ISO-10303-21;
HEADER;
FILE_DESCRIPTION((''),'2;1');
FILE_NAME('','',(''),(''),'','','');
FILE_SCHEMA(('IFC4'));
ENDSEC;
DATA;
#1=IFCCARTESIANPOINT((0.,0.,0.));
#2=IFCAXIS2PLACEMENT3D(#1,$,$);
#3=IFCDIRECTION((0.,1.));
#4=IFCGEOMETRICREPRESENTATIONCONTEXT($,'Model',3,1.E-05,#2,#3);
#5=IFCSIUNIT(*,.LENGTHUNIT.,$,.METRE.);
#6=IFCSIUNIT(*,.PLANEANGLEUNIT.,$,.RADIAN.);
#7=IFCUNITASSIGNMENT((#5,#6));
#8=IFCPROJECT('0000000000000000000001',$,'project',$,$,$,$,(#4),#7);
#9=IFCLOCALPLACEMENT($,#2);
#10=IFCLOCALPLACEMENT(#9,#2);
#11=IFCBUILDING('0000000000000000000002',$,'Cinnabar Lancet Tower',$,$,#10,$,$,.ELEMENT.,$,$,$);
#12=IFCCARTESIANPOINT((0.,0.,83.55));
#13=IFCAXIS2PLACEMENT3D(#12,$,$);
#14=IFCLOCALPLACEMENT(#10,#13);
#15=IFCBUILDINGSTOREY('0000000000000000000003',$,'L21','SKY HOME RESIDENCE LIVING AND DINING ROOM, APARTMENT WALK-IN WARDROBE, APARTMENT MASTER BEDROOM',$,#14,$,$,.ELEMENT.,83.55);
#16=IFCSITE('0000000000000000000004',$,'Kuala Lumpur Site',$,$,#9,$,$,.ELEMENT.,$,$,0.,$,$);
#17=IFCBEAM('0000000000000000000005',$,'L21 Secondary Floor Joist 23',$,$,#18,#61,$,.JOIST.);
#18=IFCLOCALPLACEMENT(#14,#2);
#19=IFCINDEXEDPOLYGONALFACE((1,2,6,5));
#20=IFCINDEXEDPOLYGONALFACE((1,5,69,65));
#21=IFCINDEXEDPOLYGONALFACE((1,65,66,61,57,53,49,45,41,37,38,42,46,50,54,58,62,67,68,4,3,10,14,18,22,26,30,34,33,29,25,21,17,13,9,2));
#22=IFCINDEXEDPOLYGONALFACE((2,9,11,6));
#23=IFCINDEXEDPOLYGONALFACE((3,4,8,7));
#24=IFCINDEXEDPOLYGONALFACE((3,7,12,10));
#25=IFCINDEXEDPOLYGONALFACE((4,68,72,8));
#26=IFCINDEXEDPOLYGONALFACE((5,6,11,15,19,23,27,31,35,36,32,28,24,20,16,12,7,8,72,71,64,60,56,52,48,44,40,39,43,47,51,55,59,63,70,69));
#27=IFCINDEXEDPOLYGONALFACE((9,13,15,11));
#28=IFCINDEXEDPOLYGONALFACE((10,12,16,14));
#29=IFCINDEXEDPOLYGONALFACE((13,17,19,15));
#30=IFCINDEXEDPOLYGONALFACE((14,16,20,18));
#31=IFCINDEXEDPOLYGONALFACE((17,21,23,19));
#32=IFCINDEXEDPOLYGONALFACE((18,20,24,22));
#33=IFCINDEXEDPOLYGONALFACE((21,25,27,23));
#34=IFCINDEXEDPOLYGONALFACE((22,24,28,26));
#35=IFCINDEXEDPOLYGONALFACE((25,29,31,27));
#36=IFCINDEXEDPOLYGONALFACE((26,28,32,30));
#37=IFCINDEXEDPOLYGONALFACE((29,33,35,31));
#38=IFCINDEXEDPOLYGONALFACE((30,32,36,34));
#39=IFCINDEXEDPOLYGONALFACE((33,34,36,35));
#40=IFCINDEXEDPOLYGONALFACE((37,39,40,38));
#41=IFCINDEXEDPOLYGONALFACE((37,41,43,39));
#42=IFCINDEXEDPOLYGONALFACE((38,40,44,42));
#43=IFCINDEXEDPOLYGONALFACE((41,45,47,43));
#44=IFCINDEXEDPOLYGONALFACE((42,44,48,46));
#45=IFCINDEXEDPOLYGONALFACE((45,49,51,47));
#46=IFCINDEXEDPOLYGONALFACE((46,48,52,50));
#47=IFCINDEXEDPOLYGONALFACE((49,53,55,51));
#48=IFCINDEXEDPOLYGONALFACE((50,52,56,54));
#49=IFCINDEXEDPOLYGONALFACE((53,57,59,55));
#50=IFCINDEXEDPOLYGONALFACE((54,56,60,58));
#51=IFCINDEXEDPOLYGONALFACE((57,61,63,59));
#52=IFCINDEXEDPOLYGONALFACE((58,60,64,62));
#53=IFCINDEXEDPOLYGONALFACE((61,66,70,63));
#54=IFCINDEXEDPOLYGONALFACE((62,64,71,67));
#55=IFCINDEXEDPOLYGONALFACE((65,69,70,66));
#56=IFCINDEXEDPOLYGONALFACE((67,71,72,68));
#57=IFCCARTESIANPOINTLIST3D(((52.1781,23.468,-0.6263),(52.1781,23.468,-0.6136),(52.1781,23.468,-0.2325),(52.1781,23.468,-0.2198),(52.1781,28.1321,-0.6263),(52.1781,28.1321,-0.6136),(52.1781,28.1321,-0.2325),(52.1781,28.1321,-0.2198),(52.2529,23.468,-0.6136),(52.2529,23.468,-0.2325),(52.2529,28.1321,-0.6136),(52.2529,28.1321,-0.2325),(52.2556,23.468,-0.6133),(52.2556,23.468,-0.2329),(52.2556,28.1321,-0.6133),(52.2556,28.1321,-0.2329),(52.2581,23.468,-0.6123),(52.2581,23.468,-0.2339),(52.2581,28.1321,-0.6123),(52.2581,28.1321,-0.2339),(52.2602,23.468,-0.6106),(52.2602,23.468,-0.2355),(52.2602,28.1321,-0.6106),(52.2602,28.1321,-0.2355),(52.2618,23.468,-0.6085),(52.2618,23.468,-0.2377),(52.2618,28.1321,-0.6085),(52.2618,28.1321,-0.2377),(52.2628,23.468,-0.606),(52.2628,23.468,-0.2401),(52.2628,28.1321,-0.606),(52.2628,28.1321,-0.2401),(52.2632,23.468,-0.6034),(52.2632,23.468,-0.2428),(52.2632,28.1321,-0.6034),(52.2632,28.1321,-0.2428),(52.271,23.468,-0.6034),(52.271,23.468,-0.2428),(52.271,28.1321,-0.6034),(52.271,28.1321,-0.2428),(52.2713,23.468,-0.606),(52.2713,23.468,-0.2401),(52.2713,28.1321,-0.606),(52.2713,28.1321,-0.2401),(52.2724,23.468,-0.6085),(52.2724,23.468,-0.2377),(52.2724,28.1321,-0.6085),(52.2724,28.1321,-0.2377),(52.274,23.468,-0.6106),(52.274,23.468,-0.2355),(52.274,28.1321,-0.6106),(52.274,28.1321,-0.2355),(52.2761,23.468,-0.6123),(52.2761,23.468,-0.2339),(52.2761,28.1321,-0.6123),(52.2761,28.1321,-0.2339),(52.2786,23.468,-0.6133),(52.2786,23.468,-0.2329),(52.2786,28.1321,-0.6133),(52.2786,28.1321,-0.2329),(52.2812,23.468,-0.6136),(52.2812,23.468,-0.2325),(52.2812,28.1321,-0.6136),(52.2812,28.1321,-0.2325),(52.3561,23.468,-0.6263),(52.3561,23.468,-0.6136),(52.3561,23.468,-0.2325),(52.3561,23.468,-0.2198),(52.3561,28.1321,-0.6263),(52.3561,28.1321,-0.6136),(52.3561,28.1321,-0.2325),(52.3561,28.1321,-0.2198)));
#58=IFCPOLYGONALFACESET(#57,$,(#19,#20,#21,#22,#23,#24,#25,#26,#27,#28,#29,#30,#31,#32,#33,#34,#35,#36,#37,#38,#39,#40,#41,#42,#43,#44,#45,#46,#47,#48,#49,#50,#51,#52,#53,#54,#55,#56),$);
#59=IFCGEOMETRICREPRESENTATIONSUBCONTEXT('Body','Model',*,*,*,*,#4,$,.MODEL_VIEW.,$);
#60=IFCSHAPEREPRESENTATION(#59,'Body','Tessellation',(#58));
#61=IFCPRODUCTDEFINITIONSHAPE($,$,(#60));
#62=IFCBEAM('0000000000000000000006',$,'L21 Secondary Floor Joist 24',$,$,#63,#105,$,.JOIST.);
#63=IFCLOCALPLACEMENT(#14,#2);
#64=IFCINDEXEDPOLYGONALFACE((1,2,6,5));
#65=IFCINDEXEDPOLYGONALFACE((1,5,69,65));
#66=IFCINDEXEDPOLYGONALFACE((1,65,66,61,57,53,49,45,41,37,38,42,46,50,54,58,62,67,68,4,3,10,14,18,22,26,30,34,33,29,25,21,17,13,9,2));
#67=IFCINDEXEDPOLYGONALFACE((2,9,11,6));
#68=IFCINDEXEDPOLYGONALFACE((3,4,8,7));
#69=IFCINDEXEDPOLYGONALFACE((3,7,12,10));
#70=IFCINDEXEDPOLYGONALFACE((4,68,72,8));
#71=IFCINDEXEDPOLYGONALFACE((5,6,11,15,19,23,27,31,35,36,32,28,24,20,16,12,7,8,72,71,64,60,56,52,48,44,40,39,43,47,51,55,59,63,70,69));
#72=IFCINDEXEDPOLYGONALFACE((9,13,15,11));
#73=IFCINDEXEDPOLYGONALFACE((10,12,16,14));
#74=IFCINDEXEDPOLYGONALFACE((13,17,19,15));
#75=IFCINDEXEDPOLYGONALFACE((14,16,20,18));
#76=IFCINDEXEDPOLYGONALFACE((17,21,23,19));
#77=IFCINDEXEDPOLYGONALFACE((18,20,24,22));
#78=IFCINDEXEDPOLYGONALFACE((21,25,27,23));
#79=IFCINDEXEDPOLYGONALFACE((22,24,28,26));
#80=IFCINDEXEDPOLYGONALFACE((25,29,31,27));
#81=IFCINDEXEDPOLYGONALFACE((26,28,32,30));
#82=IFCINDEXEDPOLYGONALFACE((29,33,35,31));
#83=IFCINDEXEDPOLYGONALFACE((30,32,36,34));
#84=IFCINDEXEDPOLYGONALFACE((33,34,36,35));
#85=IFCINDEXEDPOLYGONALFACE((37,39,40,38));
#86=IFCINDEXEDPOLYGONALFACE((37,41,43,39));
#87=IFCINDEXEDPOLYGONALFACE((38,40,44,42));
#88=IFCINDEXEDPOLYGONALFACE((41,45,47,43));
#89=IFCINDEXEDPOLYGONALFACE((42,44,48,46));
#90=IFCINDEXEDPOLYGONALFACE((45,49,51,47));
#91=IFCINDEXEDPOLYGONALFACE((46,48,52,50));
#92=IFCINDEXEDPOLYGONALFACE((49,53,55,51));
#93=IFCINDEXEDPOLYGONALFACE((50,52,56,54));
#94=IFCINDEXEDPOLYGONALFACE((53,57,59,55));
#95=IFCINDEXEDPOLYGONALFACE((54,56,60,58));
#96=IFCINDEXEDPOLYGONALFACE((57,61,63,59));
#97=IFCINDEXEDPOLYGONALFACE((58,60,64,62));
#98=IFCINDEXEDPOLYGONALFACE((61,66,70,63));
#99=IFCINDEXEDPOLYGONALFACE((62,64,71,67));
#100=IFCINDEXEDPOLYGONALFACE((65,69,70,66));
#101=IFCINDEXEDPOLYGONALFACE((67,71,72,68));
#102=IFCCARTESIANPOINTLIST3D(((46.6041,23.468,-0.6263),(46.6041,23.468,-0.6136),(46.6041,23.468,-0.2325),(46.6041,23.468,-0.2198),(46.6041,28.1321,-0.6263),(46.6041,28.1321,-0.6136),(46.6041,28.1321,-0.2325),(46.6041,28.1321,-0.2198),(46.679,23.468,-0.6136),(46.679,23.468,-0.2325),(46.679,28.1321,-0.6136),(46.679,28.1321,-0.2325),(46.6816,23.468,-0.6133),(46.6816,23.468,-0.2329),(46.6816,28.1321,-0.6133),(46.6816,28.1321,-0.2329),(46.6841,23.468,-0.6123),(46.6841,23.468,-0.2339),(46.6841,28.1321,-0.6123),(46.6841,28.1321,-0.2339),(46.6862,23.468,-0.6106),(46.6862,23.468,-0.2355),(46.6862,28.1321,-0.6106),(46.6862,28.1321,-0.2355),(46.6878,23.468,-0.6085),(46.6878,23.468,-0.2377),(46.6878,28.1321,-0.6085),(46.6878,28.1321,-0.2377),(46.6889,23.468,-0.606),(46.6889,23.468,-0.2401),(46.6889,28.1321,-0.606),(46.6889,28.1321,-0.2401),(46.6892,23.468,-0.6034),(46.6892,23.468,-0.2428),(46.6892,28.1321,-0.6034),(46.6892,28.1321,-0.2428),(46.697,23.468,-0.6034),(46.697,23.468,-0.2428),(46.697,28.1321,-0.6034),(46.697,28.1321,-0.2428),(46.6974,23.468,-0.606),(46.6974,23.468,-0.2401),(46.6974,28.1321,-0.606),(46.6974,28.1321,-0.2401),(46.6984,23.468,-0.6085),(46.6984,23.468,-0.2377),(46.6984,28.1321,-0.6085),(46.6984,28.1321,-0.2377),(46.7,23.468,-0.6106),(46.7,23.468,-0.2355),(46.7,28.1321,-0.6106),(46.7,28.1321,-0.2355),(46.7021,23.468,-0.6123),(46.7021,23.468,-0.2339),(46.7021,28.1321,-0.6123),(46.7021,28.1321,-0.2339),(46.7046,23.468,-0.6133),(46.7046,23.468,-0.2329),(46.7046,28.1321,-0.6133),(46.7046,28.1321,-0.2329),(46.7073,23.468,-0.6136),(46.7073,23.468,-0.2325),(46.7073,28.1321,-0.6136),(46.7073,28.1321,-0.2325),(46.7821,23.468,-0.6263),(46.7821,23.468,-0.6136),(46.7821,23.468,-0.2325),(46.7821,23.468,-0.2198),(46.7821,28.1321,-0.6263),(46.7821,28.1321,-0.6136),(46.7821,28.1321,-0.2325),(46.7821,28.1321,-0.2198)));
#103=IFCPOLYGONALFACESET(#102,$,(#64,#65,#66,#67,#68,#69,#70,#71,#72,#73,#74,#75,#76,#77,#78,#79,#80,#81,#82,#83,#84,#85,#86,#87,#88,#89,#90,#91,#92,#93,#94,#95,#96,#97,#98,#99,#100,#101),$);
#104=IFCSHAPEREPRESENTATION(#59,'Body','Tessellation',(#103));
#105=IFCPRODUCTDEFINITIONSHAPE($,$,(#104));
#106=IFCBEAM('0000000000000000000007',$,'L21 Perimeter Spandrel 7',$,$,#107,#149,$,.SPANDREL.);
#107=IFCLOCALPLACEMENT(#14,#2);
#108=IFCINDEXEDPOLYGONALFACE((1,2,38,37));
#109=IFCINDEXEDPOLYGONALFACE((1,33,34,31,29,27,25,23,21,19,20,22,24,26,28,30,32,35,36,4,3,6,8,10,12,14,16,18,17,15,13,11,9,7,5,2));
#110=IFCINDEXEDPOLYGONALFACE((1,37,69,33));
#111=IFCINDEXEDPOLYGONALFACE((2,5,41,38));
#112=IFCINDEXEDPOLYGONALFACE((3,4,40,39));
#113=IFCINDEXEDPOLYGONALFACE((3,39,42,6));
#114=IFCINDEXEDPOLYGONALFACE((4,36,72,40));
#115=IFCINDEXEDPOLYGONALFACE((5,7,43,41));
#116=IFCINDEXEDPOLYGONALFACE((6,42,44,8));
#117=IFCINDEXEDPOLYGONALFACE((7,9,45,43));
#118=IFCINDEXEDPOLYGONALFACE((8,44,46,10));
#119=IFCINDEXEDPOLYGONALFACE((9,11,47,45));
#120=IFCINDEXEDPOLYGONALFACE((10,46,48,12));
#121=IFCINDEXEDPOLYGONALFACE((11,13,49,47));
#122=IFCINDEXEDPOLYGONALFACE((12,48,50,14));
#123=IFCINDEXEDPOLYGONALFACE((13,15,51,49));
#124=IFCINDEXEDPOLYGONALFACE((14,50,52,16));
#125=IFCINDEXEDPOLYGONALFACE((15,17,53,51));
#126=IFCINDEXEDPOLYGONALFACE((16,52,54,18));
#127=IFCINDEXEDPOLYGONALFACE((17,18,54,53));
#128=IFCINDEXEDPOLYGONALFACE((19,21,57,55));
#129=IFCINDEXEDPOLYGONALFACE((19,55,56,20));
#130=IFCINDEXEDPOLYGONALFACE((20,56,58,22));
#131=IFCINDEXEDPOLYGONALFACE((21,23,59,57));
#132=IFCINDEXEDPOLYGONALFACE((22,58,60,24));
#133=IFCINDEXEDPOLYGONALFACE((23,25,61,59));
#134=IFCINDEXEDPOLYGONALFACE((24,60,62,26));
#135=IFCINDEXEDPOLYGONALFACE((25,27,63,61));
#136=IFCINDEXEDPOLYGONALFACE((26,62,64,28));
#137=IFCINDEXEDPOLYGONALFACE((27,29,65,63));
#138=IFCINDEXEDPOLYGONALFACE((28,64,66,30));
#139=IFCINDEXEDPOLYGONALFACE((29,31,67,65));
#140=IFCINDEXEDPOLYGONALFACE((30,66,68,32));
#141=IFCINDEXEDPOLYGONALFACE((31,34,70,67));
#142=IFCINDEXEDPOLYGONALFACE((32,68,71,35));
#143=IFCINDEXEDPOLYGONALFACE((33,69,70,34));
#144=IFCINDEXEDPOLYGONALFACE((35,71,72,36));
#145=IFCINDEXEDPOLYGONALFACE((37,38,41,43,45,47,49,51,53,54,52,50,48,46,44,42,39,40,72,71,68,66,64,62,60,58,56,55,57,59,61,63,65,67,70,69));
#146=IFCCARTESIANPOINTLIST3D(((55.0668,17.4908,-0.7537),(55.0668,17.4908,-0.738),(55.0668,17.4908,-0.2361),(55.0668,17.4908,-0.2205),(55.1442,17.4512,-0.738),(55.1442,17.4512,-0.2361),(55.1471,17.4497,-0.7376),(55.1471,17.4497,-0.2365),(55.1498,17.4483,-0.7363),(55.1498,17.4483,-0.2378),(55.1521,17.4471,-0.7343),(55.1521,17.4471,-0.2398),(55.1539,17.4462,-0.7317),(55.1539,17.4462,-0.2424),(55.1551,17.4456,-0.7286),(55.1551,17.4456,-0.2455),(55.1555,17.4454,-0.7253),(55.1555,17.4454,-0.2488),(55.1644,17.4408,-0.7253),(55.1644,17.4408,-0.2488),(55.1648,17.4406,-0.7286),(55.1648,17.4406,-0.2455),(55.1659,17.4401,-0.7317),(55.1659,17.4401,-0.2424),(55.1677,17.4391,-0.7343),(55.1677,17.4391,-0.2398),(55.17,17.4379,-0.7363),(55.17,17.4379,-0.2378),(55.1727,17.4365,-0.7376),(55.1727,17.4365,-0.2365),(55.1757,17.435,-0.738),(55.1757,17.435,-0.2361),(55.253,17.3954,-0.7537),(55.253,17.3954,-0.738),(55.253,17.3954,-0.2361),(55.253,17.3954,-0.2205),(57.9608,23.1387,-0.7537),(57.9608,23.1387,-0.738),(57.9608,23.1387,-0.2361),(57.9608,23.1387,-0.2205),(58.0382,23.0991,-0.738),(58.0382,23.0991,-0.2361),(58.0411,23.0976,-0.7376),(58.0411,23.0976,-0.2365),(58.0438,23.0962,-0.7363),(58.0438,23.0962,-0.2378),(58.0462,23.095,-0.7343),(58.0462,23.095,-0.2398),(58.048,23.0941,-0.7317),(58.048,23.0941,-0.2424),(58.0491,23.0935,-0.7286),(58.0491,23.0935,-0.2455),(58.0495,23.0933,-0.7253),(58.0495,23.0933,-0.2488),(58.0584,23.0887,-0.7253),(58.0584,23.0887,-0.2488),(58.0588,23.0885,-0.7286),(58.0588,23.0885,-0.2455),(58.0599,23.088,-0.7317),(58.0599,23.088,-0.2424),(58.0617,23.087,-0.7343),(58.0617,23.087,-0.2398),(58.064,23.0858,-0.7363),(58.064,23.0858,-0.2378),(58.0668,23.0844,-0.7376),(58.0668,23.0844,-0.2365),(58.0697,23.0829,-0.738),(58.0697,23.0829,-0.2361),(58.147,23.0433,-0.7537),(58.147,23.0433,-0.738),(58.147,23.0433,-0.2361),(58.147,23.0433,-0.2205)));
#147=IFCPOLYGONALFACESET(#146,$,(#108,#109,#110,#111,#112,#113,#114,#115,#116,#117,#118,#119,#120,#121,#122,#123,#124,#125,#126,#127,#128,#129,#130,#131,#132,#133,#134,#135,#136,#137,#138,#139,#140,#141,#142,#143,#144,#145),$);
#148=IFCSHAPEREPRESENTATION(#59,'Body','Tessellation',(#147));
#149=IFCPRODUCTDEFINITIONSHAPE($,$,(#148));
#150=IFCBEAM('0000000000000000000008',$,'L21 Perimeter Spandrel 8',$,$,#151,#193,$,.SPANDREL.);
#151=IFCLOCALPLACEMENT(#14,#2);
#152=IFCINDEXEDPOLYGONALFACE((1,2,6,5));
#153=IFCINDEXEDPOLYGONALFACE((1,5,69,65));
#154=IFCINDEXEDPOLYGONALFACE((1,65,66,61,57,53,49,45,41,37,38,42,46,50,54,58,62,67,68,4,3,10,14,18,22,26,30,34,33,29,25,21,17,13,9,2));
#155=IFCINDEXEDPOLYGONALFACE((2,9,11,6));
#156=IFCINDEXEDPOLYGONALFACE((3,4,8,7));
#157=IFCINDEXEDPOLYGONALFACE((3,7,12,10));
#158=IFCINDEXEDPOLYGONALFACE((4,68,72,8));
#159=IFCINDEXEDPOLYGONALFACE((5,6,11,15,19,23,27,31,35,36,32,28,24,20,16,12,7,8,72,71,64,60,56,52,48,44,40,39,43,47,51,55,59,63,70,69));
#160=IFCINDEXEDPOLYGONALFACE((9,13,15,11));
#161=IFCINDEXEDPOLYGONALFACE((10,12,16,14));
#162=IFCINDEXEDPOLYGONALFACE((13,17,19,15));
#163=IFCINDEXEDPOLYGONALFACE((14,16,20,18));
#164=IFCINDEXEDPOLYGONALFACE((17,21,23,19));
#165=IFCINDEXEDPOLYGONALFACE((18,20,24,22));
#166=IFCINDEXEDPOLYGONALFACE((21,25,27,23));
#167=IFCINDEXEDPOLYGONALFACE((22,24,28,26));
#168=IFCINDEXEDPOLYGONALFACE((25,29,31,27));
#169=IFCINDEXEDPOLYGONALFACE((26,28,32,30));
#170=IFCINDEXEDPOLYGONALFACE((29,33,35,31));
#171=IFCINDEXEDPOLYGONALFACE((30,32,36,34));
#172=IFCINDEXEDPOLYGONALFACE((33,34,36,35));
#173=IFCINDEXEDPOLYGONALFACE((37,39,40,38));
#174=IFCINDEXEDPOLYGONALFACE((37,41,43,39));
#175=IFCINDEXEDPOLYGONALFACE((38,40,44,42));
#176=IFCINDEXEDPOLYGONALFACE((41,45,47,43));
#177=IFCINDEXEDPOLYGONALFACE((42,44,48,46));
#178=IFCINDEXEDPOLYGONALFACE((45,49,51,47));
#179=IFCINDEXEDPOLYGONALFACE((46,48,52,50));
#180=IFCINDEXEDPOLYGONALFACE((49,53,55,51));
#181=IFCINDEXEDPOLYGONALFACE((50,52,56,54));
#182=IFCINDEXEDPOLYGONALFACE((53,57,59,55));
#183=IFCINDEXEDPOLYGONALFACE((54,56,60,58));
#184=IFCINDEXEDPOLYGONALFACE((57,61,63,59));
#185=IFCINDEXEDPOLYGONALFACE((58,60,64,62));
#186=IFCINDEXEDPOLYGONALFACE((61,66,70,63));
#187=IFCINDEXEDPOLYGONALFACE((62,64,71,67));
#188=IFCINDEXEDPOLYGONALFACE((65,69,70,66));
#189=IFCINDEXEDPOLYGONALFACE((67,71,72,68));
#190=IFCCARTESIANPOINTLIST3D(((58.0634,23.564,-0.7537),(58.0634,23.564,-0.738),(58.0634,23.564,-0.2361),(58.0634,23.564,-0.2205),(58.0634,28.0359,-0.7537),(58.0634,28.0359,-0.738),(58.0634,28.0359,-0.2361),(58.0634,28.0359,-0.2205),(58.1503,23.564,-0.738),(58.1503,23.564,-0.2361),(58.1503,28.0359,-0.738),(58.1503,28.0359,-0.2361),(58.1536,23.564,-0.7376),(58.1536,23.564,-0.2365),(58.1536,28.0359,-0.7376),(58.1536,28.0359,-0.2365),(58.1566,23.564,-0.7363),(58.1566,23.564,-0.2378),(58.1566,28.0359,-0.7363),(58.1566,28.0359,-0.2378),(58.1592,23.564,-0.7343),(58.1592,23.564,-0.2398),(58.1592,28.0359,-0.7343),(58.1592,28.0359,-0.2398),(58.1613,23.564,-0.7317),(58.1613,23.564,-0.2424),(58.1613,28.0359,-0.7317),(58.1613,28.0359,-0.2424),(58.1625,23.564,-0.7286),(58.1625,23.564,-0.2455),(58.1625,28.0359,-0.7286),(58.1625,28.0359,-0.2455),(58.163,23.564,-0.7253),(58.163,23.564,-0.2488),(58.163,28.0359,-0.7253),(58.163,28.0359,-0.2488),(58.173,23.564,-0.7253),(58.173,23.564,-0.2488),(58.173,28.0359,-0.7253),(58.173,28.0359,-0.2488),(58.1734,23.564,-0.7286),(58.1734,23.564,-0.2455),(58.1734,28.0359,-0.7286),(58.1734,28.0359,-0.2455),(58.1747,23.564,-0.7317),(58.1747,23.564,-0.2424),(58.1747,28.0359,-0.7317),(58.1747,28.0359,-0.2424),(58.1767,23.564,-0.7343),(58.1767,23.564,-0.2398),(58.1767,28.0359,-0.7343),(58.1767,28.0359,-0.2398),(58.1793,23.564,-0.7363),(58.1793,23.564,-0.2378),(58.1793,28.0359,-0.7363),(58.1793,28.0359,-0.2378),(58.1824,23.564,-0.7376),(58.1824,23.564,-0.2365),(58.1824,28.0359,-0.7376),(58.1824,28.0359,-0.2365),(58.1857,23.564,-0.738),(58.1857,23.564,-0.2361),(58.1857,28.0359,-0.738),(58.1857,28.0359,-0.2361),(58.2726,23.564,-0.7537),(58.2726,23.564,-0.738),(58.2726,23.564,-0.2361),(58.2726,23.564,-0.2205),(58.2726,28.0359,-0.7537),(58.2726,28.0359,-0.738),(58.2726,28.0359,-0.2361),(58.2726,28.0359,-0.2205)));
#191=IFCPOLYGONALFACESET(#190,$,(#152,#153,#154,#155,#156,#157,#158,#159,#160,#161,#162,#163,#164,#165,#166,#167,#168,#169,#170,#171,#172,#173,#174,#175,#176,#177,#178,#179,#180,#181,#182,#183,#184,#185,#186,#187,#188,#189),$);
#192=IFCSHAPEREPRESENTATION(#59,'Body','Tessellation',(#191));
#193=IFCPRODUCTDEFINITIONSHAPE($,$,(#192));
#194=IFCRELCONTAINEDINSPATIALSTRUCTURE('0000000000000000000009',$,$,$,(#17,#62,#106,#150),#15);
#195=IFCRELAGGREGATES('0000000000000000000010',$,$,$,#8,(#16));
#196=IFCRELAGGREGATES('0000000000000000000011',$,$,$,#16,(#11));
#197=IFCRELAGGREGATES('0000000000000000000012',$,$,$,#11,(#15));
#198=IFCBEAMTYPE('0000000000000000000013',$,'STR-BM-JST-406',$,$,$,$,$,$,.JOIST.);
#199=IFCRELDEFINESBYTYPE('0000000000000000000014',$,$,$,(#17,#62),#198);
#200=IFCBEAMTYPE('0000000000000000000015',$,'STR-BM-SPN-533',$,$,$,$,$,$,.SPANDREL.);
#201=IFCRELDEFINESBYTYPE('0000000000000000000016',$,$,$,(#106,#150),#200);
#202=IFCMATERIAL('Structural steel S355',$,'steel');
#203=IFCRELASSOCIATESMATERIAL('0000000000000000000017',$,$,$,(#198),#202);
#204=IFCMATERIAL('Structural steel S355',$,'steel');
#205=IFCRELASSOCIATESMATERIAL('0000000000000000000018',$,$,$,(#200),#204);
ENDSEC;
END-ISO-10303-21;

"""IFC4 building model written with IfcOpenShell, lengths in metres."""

from ifc_helpers import new_model, si_unit, direction, frame, origin, origin_2d, place, context, subcontext, project, spatial, i_section, extrude, material, material_profile, profile_set, type_object, element, save


model = new_model("IFC4")

# Units and contexts
model_context = context("Model", 3, precision=1e-05, world=origin(), true_north=direction((0.0, 1.0)))
body_context = subcontext(model_context, "Body", "Model", "MODEL_VIEW")
ifc_project = project(units=[si_unit("LENGTHUNIT", "METRE"), si_unit("PLANEANGLEUNIT", "RADIAN")], contexts=[model_context])

# Site, building, storey
site_placement = place(None, origin())
site = spatial("IfcSite", under=ifc_project, at=site_placement, Name="Kuala Lumpur Site", CompositionType="ELEMENT", RefElevation=0.0)
building_placement = place(site_placement, origin())
building = spatial("IfcBuilding", under=site, at=building_placement, Name="Cinnabar Lancet Tower", CompositionType="ELEMENT")
storey_placement = place(building_placement, frame((0.0, 0.0, 83.55)))
storey = spatial("IfcBuildingStorey", under=building, at=storey_placement, Name="L21", Description="SKY HOME RESIDENCE LIVING AND DINING ROOM, APARTMENT WALK-IN WARDROBE, APARTMENT MASTER BEDROOM", CompositionType="ELEMENT", Elevation=83.55)

# Beams
ifc_material_1 = material(Name="Structural steel S355", Category="steel")
ifc_material_profile_1 = material_profile(ifc_material_1, i_section(OverallWidth=0.178, OverallDepth=0.4065, WebThickness=0.0078, FlangeThickness=0.0127, FilletRadius=0.0103, at=origin_2d()), Name="UKB 406x178x60")
ifc_profile_set_1 = profile_set([ifc_material_profile_1], Name="Structural steel S355")
beam_type_1 = type_object("IfcBeamType", Name="STR-BM-JST-406", PredefinedType="JOIST", material=ifc_profile_set_1)
for number, where, z_axis, x_axis, name in (
    (1, (52.2671, 23.468, -0.4231), (0.0, 1.0, 0.0), (-1.0, 0.0, 0.0), "L21 Secondary Floor Joist 23"),
    (2, (46.6931, 23.468, -0.4231), (0.0, 1.0, 0.0), (-1.0, 0.0, 0.0), "L21 Secondary Floor Joist 24"),
):
    element("IfcBeam", number, at=place(storey_placement, frame(where, z_axis=z_axis, x_axis=x_axis)), inside=storey, type_object=beam_type_1, Name=name, PredefinedType="JOIST", context=body_context, shape_type="SweptSolid", body=[
        extrude(i_section(OverallWidth=0.178, OverallDepth=0.4065, WebThickness=0.0078, FlangeThickness=0.0127, FilletRadius=0.0103, at=origin_2d()), origin(), (0.0, 0.0, 1.0), 4.6641),
    ])
ifc_material_2 = material(Name="Structural steel S355", Category="steel")
ifc_material_profile_2 = material_profile(ifc_material_2, i_section(OverallWidth=0.2092, OverallDepth=0.5332, WebThickness=0.01, FlangeThickness=0.0156, FilletRadius=0.0127, at=origin_2d()), Name="UKB 533x210x92")
ifc_profile_set_2 = profile_set([ifc_material_profile_2], Name="Structural steel S355")
beam_type_2 = type_object("IfcBeamType", Name="STR-BM-SPN-533", PredefinedType="SPANDREL", material=ifc_profile_set_2)
beam_1_placement = place(storey_placement, frame((55.1599, 17.4431, -0.4871), z_axis=(0.456025, 0.889967, 0.0), x_axis=(-0.889967, 0.456025, 0.0)))
element("IfcBeam", 3, at=beam_1_placement, inside=storey, type_object=beam_type_2, Name="L21 Perimeter Spandrel 7", PredefinedType="SPANDREL", context=body_context, shape_type="SweptSolid", body=[
    extrude(i_section(OverallWidth=0.2092, OverallDepth=0.5332, WebThickness=0.01, FlangeThickness=0.0156, FilletRadius=0.0127, at=origin_2d()), origin(), (0.0, 0.0, 1.0), 6.3462),
])
beam_2_placement = place(storey_placement, frame((58.168, 23.564, -0.4871), z_axis=(0.0, 1.0, 0.0), x_axis=(-1.0, 0.0, 0.0)))
element("IfcBeam", 4, at=beam_2_placement, inside=storey, type_object=beam_type_2, Name="L21 Perimeter Spandrel 8", PredefinedType="SPANDREL", context=body_context, shape_type="SweptSolid", body=[
    extrude(i_section(OverallWidth=0.2092, OverallDepth=0.5332, WebThickness=0.01, FlangeThickness=0.0156, FilletRadius=0.0127, at=origin_2d()), origin(), (0.0, 0.0, 1.0), 4.4719),
])

save(model, "model.ifc")
